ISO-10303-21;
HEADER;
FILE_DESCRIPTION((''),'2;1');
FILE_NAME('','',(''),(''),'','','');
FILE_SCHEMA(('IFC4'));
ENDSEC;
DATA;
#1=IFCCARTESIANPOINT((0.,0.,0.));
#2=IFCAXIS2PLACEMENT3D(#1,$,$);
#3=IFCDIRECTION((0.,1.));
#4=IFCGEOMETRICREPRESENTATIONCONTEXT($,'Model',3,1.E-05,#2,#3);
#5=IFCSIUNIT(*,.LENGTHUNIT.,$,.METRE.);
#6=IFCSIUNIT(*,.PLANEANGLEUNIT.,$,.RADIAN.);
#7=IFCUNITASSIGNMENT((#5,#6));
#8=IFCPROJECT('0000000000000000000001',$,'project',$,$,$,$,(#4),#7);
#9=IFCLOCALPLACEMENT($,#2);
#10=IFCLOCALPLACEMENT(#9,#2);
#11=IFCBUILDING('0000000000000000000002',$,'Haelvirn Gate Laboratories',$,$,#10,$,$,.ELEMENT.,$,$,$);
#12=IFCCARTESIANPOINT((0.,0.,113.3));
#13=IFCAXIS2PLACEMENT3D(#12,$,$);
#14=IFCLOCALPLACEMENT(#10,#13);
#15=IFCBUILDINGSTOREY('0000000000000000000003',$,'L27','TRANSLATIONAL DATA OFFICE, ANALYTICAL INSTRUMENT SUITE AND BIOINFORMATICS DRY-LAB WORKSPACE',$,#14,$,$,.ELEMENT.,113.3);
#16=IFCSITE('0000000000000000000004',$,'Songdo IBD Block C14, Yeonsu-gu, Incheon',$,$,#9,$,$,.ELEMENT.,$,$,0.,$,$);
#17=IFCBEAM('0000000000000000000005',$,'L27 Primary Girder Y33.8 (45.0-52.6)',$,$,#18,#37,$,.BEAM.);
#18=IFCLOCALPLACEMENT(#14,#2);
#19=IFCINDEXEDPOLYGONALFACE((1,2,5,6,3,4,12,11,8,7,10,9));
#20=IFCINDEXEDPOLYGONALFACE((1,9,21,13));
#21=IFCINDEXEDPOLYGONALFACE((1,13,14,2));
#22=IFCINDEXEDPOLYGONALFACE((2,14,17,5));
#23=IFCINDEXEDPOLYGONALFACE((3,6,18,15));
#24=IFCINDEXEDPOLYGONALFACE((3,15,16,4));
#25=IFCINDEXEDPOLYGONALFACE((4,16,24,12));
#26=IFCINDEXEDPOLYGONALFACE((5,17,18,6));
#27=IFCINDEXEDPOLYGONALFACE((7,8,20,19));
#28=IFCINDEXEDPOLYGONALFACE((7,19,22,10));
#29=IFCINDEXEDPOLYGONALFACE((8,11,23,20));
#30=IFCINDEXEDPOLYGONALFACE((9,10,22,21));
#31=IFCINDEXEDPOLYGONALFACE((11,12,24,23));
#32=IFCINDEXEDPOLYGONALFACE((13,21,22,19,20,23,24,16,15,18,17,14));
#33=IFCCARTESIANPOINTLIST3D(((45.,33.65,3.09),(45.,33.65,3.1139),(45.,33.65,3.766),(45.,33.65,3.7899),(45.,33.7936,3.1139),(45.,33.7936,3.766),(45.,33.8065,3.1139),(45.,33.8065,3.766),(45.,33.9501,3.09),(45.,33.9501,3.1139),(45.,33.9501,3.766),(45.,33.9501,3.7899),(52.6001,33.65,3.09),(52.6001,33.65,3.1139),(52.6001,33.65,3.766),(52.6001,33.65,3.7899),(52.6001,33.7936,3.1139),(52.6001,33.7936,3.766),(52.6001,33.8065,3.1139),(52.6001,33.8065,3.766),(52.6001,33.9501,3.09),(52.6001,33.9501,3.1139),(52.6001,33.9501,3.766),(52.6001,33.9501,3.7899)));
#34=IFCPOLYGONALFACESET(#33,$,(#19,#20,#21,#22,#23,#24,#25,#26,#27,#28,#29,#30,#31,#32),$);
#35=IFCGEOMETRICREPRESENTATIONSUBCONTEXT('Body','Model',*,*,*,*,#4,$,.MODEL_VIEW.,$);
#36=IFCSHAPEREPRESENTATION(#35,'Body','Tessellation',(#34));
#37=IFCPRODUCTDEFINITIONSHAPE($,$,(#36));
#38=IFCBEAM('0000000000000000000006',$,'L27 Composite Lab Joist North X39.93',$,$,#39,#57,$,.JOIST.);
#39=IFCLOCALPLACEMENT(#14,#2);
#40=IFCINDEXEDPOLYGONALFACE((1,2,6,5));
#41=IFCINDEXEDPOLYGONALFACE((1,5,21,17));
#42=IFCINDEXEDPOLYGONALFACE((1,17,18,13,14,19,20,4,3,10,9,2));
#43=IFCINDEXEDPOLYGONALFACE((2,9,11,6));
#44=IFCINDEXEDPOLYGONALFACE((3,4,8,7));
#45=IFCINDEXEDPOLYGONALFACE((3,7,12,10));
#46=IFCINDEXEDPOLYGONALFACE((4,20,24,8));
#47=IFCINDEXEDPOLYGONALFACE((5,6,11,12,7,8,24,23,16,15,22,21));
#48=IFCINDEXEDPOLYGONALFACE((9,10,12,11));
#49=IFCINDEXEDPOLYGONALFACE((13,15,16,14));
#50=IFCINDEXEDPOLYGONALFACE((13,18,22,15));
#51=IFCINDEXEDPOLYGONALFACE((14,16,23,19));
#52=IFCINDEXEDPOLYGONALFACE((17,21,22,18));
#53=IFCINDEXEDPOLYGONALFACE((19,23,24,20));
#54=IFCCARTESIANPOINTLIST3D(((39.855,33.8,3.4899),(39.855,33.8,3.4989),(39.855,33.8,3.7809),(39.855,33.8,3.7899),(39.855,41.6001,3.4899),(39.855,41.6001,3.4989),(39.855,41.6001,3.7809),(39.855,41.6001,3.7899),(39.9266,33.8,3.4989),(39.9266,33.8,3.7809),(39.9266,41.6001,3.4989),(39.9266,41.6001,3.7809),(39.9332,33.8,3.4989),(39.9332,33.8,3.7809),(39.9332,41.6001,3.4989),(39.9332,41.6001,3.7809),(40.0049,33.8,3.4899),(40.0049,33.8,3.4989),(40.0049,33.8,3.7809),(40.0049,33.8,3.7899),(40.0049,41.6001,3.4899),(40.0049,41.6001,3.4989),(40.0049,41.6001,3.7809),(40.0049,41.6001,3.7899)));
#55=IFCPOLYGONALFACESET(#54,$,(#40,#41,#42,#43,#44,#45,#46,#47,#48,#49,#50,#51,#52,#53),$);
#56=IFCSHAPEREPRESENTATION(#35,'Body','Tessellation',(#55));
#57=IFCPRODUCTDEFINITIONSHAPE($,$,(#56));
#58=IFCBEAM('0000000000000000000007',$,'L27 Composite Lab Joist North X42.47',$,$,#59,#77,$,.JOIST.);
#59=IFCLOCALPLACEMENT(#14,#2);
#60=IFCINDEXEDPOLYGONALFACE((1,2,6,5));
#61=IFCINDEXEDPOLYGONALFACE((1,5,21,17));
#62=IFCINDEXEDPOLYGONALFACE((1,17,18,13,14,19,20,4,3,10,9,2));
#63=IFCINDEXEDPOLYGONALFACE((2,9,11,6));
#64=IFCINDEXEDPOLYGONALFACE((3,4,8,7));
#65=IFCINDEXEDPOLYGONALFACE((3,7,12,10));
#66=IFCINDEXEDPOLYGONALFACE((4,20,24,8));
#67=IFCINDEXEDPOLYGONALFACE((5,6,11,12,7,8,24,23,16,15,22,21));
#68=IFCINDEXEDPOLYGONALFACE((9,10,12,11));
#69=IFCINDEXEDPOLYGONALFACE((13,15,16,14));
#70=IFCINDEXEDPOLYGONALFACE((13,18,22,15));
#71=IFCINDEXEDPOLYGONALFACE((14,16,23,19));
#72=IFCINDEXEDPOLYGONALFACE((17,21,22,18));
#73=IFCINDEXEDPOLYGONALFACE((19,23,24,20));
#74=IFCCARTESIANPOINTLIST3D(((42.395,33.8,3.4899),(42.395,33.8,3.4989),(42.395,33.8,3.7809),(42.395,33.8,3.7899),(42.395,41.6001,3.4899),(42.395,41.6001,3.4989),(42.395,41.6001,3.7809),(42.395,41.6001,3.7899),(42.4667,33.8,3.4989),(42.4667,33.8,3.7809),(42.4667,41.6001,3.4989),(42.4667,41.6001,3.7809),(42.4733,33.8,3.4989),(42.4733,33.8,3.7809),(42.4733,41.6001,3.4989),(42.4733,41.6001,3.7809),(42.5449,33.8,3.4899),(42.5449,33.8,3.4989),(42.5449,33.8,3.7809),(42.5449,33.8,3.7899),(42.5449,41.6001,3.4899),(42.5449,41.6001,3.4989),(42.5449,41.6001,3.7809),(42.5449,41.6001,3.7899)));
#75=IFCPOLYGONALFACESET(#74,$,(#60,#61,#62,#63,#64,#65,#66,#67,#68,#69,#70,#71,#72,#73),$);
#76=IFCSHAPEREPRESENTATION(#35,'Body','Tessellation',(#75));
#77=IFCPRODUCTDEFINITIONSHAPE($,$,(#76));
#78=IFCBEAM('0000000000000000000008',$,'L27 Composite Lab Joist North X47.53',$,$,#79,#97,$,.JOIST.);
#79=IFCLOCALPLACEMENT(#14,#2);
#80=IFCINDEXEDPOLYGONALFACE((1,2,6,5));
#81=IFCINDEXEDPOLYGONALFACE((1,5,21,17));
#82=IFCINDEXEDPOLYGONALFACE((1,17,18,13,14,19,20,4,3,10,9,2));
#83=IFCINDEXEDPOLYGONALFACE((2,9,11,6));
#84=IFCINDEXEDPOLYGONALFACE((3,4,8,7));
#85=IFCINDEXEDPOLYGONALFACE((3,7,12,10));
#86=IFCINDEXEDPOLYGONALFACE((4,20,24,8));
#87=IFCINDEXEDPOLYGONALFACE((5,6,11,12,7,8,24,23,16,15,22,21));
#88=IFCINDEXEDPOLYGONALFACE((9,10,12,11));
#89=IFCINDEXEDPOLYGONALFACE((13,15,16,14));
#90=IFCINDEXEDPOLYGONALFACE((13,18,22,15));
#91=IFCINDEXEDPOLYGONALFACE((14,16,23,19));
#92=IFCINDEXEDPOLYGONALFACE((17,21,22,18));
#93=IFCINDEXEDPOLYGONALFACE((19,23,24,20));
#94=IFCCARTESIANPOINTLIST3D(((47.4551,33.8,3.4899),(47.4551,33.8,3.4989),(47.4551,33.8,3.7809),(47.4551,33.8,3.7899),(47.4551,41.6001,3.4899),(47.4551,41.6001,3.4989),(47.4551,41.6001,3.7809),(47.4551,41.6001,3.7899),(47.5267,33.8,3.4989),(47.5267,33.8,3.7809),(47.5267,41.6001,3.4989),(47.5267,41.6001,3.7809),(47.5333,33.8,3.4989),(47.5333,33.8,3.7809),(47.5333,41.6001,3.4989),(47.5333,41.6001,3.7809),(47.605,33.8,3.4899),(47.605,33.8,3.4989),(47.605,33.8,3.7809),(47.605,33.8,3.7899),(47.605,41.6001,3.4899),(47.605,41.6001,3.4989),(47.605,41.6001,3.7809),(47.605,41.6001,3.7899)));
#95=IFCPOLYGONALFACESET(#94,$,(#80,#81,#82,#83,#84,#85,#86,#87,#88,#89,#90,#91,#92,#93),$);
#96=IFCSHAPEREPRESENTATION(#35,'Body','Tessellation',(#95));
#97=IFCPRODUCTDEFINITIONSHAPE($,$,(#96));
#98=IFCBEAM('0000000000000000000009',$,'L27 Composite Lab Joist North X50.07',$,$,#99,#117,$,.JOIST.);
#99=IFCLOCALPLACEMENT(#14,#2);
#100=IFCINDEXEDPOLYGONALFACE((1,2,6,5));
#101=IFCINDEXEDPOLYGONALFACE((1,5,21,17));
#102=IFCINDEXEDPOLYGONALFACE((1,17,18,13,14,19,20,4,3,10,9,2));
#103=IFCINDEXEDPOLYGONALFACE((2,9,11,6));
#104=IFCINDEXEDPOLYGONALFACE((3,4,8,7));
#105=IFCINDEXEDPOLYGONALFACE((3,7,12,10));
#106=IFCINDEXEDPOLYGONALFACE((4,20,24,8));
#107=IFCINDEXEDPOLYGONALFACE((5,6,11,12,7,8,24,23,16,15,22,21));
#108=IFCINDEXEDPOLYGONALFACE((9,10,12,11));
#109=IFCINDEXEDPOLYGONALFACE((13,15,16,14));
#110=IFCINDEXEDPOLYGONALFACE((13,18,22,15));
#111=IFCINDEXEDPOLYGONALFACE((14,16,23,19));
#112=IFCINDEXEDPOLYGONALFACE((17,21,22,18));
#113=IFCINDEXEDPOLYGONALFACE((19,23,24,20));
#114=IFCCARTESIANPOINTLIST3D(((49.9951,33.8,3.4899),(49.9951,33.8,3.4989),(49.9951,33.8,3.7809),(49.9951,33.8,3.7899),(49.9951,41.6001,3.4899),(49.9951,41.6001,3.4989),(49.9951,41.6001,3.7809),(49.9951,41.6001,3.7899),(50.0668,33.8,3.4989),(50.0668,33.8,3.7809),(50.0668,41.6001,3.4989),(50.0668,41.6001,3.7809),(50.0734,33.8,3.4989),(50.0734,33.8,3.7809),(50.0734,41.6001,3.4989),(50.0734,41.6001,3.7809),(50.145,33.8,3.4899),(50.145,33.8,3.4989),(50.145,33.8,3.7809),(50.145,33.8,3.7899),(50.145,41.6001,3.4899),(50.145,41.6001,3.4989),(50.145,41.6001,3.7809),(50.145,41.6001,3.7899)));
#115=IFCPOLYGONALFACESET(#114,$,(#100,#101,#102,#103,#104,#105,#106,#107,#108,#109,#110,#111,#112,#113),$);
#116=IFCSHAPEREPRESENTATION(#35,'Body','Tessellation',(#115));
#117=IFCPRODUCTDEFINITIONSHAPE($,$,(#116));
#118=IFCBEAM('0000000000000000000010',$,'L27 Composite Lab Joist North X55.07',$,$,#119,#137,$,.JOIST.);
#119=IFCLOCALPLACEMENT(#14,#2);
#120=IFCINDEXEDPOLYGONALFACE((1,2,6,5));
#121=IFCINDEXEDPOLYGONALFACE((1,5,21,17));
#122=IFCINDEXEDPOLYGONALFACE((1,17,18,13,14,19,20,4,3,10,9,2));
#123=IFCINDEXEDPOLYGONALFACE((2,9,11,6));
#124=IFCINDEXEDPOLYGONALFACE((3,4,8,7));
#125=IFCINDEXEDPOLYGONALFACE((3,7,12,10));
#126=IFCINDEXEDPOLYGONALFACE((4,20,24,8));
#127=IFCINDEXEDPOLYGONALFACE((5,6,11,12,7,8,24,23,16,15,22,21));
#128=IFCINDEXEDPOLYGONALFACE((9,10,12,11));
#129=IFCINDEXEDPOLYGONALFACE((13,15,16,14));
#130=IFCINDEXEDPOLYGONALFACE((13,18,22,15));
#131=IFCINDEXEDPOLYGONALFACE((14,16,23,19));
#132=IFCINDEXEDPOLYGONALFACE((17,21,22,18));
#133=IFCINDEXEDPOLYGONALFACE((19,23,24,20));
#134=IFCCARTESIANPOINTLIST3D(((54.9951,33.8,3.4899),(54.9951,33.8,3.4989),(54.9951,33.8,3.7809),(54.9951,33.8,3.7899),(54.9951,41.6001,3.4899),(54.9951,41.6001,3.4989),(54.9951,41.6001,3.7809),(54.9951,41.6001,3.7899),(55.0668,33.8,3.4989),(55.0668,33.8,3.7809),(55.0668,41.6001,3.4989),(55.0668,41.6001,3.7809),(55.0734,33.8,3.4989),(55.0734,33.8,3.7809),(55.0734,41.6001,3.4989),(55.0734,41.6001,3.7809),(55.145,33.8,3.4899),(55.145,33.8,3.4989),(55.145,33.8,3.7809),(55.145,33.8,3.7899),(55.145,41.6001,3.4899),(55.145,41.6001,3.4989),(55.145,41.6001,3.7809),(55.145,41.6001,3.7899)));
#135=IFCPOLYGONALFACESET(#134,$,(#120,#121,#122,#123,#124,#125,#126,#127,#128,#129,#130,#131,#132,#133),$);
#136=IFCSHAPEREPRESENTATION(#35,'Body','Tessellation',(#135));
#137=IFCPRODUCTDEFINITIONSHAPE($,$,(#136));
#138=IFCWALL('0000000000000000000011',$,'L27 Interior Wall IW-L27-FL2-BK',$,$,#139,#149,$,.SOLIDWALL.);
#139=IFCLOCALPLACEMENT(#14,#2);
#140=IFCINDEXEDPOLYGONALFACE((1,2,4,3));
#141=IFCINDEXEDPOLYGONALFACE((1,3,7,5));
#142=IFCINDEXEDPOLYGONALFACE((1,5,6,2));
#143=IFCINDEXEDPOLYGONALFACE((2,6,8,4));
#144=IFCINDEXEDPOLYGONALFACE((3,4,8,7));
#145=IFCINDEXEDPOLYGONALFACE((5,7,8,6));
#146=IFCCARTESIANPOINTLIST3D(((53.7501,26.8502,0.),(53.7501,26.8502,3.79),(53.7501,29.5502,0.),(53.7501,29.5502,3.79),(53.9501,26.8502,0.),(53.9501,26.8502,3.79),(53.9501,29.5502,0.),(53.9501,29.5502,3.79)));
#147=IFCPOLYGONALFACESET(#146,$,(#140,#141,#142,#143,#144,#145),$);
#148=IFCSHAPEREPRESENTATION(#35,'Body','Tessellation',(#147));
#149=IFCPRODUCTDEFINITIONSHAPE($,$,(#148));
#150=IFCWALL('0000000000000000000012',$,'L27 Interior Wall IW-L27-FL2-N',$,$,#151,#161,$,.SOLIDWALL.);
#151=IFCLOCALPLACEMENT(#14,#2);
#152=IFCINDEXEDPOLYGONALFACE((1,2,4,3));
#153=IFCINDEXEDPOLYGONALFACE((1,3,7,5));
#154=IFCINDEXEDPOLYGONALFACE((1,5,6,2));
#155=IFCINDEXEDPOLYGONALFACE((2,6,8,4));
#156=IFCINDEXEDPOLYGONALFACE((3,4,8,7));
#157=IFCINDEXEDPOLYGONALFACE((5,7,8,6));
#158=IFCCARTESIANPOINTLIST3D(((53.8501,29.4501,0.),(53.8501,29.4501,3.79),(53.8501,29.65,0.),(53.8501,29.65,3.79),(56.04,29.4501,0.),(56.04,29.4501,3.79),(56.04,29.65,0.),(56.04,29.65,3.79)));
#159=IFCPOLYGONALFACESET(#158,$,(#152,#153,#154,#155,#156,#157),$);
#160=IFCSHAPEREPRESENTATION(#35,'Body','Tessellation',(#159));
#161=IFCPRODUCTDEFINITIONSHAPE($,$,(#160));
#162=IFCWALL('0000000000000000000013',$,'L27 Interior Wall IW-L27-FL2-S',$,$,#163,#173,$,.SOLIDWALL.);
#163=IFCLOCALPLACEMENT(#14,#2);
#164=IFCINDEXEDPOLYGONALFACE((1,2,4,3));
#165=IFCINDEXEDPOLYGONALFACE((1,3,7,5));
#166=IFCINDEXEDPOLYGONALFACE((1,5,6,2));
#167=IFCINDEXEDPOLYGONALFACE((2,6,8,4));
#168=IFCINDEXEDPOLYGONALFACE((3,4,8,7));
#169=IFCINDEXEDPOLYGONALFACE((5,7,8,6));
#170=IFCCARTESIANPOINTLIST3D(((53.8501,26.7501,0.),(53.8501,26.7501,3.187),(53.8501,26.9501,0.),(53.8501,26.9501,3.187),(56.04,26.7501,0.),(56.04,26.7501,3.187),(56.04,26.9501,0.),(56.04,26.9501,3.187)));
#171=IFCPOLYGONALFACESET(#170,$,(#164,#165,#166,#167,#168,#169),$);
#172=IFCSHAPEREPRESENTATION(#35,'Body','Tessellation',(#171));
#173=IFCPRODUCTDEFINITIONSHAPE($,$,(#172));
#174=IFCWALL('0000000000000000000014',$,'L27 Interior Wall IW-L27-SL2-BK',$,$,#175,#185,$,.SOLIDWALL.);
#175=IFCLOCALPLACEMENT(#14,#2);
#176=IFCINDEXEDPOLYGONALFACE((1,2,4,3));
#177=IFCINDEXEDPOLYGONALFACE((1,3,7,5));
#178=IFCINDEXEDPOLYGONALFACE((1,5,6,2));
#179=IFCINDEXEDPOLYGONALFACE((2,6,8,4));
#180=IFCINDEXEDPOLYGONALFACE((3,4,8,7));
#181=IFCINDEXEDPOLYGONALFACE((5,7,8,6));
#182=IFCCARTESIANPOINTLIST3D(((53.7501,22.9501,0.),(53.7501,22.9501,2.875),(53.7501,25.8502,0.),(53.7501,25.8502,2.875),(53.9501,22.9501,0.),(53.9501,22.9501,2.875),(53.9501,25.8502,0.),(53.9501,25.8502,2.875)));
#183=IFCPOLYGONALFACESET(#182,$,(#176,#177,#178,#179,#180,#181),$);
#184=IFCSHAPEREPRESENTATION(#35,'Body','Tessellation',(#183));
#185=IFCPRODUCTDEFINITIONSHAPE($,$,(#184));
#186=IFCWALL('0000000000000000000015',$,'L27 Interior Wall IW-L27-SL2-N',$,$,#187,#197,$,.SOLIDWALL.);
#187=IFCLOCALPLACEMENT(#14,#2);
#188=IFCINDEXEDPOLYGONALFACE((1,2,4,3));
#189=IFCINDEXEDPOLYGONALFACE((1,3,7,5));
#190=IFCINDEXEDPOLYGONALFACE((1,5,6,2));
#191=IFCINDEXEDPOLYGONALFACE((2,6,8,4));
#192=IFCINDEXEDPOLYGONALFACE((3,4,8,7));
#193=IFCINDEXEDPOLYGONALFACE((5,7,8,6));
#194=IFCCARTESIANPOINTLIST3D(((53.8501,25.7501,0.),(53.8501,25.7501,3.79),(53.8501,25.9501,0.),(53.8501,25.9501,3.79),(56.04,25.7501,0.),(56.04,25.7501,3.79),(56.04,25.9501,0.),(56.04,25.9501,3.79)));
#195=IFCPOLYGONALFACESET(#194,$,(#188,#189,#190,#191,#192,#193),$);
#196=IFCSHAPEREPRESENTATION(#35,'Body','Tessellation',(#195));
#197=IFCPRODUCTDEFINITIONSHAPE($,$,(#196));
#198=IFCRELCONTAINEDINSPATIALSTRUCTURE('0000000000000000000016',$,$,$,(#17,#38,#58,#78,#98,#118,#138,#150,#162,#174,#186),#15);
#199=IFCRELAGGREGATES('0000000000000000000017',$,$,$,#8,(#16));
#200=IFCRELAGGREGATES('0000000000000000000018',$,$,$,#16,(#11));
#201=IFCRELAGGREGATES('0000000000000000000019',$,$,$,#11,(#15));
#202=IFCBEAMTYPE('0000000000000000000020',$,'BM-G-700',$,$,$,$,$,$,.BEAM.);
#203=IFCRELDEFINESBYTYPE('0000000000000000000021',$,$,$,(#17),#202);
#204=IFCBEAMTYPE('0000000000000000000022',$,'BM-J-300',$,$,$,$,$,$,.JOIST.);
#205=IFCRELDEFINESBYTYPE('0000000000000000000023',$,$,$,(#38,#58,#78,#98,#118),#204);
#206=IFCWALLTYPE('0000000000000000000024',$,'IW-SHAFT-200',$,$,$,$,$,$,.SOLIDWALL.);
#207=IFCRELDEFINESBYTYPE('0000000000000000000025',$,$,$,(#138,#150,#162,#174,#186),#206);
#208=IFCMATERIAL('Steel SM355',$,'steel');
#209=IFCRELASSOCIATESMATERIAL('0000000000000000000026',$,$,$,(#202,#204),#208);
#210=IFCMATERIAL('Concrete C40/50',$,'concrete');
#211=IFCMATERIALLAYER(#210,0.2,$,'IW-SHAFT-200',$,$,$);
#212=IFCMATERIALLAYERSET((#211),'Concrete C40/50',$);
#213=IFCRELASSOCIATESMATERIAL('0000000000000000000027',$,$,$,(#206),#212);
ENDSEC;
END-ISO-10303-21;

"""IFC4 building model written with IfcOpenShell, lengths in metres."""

from ifc_helpers import new_model, si_unit, direction, frame, frame_2d, origin, origin_2d, place, context, subcontext, project, spatial, rectangle, i_section, extrude, source, transform, mapped, material, layer, layer_set, material_profile, profile_set, type_object, type_shapes, element, save


model = new_model("IFC4")

# Units and contexts
model_context = context("Model", 3, precision=1e-05, world=origin(), true_north=direction((0.0, 1.0)))
body_context = subcontext(model_context, "Body", "Model", "MODEL_VIEW")
ifc_project = project(units=[si_unit("LENGTHUNIT", "METRE"), si_unit("PLANEANGLEUNIT", "RADIAN")], contexts=[model_context])

# Site, building, storey
site_placement = place(None, origin())
site = spatial("IfcSite", under=ifc_project, at=site_placement, Name="Songdo IBD Block C14, Yeonsu-gu, Incheon", CompositionType="ELEMENT", RefElevation=0.0)
building_placement = place(site_placement, origin())
building = spatial("IfcBuilding", under=site, at=building_placement, Name="Haelvirn Gate Laboratories", CompositionType="ELEMENT")
storey_placement = place(building_placement, frame((0.0, 0.0, 113.3)))
storey = spatial("IfcBuildingStorey", under=building, at=storey_placement, Name="L27", Description="TRANSLATIONAL DATA OFFICE, ANALYTICAL INSTRUMENT SUITE AND BIOINFORMATICS DRY-LAB WORKSPACE", CompositionType="ELEMENT", Elevation=113.3)

# Shared definitions
ifc_material_1 = material(Name="Steel SM355", Category="steel")

# Beams
ifc_material_profile_1 = material_profile(ifc_material_1, i_section(OverallWidth=0.3, OverallDepth=0.7, WebThickness=0.0129, FlangeThickness=0.0239, at=origin_2d()), Name="H-700x300x13x24")
ifc_profile_set_1 = profile_set([ifc_material_profile_1], Name="Steel SM355")
beam_type_1 = type_object("IfcBeamType", Name="BM-G-700", PredefinedType="BEAM", material=ifc_profile_set_1)
shared_shape_1 = source(origin(), body_context, "Body", "SweptSolid", [
    extrude(i_section(OverallWidth=0.3, OverallDepth=0.7, WebThickness=0.0129, FlangeThickness=0.0239, at=origin_2d()), origin(), (0.0, 0.0, 1.0), 7.6001),
])
type_shapes(beam_type_1, [shared_shape_1])
for number, where, z_axis, x_axis, name in (
    (1, (45.0, 33.8, 3.4399), (1.0, 0.0, 0.0), (0.0, 1.0, 0.0), "L27 Primary Girder Y33.8 (45.0-52.6)"),
):
    element("IfcBeam", number, at=place(storey_placement, frame(where, z_axis=z_axis, x_axis=x_axis)), inside=storey, type_object=beam_type_1, Name=name, PredefinedType="BEAM", context=body_context, shape_type="MappedRepresentation", body=[
        mapped(shared_shape_1, transform((0.0, 0.0, 0.0), scale=1.0)),
    ])
ifc_material_profile_2 = material_profile(ifc_material_1, i_section(OverallWidth=0.1499, OverallDepth=0.3, WebThickness=0.0066, FlangeThickness=0.009, at=origin_2d()), Name="H-300x150x6.5x9")
ifc_profile_set_2 = profile_set([ifc_material_profile_2], Name="Steel SM355")
beam_type_2 = type_object("IfcBeamType", Name="BM-J-300", PredefinedType="JOIST", material=ifc_profile_set_2)
shared_shape_2 = source(origin(), body_context, "Body", "SweptSolid", [
    extrude(i_section(OverallWidth=0.1499, OverallDepth=0.3, WebThickness=0.0066, FlangeThickness=0.009, at=origin_2d()), origin(), (0.0, 0.0, 1.0), 7.8),
])
type_shapes(beam_type_2, [shared_shape_2])
for number, where, z_axis, x_axis, name in (
    (2, (39.9299, 33.8, 3.6399), (0.0, 1.0, 0.0), (-1.0, 0.0, 0.0), "L27 Composite Lab Joist North X39.93"),
    (3, (42.47, 33.8, 3.6399), (0.0, 1.0, 0.0), (-1.0, 0.0, 0.0), "L27 Composite Lab Joist North X42.47"),
    (4, (47.53, 33.8, 3.6399), (0.0, 1.0, 0.0), (-1.0, 0.0, 0.0), "L27 Composite Lab Joist North X47.53"),
    (5, (50.0701, 33.8, 3.6399), (0.0, 1.0, 0.0), (-1.0, 0.0, 0.0), "L27 Composite Lab Joist North X50.07"),
    (6, (55.0701, 33.8, 3.6399), (0.0, 1.0, 0.0), (-1.0, 0.0, 0.0), "L27 Composite Lab Joist North X55.07"),
):
    element("IfcBeam", number, at=place(storey_placement, frame(where, z_axis=z_axis, x_axis=x_axis)), inside=storey, type_object=beam_type_2, Name=name, PredefinedType="JOIST", context=body_context, shape_type="MappedRepresentation", body=[
        mapped(shared_shape_2, transform((0.0, 0.0, 0.0), scale=1.0)),
    ])

# Walls
ifc_material_2 = material(Name="Concrete C40/50", Category="concrete")
ifc_layer_1 = layer(ifc_material_2, 0.2, Name="IW-SHAFT-200")
ifc_layer_set_1 = layer_set([ifc_layer_1], Name="Concrete C40/50")
wall_type_1 = type_object("IfcWallType", Name="IW-SHAFT-200", PredefinedType="SOLIDWALL", material=ifc_layer_set_1)
wall_1_placement = place(storey_placement, frame((53.8501, 26.8501, 0.0), z_axis=(0.0, 0.0, 1.0), x_axis=(0.0, 1.0, 0.0)))
element("IfcWall", 7, at=wall_1_placement, inside=storey, type_object=wall_type_1, Name="L27 Interior Wall IW-L27-FL2-BK", PredefinedType="SOLIDWALL", context=body_context, shape_type="SweptSolid", body=[
    extrude(rectangle(XDim=2.7, YDim=0.2, at=frame_2d((1.3501, 0.0))), origin(), (0.0, 0.0, 1.0), 3.79),
])
wall_2_placement = place(storey_placement, frame((53.8501, 29.55, 0.0), z_axis=(0.0, 0.0, 1.0), x_axis=(1.0, 0.0, 0.0)))
element("IfcWall", 8, at=wall_2_placement, inside=storey, type_object=wall_type_1, Name="L27 Interior Wall IW-L27-FL2-N", PredefinedType="SOLIDWALL", context=body_context, shape_type="SweptSolid", body=[
    extrude(rectangle(XDim=2.1899, YDim=0.2, at=frame_2d((1.095, 0.0))), origin(), (0.0, 0.0, 1.0), 3.79),
])
wall_3_placement = place(storey_placement, frame((53.8501, 26.8501, 0.0), z_axis=(0.0, 0.0, 1.0), x_axis=(1.0, 0.0, 0.0)))
element("IfcWall", 9, at=wall_3_placement, inside=storey, type_object=wall_type_1, Name="L27 Interior Wall IW-L27-FL2-S", PredefinedType="SOLIDWALL", context=body_context, shape_type="SweptSolid", body=[
    extrude(rectangle(XDim=2.1899, YDim=0.2, at=frame_2d((1.095, 0.0))), origin(), (0.0, 0.0, 1.0), 3.187),
])
wall_4_placement = place(storey_placement, frame((53.8501, 22.95, 0.0), z_axis=(0.0, 0.0, 1.0), x_axis=(0.0, 1.0, 0.0)))
element("IfcWall", 10, at=wall_4_placement, inside=storey, type_object=wall_type_1, Name="L27 Interior Wall IW-L27-SL2-BK", PredefinedType="SOLIDWALL", context=body_context, shape_type="SweptSolid", body=[
    extrude(rectangle(XDim=2.9001, YDim=0.2, at=frame_2d((1.4502, 0.0))), origin(), (0.0, 0.0, 1.0), 2.875),
])
for number, where, z_axis, x_axis, name in (
    (11, (53.8501, 25.8501, 0.0), (0.0, 0.0, 1.0), (1.0, 0.0, 0.0), "L27 Interior Wall IW-L27-SL2-N"),
):
    element("IfcWall", number, at=place(storey_placement, frame(where, z_axis=z_axis, x_axis=x_axis)), inside=storey, type_object=wall_type_1, Name=name, PredefinedType="SOLIDWALL", context=body_context, shape_type="SweptSolid", body=[
        extrude(rectangle(XDim=2.1899, YDim=0.2, at=frame_2d((1.095, 0.0))), origin(), (0.0, 0.0, 1.0), 3.79),
    ])

save(model, "model.ifc")
